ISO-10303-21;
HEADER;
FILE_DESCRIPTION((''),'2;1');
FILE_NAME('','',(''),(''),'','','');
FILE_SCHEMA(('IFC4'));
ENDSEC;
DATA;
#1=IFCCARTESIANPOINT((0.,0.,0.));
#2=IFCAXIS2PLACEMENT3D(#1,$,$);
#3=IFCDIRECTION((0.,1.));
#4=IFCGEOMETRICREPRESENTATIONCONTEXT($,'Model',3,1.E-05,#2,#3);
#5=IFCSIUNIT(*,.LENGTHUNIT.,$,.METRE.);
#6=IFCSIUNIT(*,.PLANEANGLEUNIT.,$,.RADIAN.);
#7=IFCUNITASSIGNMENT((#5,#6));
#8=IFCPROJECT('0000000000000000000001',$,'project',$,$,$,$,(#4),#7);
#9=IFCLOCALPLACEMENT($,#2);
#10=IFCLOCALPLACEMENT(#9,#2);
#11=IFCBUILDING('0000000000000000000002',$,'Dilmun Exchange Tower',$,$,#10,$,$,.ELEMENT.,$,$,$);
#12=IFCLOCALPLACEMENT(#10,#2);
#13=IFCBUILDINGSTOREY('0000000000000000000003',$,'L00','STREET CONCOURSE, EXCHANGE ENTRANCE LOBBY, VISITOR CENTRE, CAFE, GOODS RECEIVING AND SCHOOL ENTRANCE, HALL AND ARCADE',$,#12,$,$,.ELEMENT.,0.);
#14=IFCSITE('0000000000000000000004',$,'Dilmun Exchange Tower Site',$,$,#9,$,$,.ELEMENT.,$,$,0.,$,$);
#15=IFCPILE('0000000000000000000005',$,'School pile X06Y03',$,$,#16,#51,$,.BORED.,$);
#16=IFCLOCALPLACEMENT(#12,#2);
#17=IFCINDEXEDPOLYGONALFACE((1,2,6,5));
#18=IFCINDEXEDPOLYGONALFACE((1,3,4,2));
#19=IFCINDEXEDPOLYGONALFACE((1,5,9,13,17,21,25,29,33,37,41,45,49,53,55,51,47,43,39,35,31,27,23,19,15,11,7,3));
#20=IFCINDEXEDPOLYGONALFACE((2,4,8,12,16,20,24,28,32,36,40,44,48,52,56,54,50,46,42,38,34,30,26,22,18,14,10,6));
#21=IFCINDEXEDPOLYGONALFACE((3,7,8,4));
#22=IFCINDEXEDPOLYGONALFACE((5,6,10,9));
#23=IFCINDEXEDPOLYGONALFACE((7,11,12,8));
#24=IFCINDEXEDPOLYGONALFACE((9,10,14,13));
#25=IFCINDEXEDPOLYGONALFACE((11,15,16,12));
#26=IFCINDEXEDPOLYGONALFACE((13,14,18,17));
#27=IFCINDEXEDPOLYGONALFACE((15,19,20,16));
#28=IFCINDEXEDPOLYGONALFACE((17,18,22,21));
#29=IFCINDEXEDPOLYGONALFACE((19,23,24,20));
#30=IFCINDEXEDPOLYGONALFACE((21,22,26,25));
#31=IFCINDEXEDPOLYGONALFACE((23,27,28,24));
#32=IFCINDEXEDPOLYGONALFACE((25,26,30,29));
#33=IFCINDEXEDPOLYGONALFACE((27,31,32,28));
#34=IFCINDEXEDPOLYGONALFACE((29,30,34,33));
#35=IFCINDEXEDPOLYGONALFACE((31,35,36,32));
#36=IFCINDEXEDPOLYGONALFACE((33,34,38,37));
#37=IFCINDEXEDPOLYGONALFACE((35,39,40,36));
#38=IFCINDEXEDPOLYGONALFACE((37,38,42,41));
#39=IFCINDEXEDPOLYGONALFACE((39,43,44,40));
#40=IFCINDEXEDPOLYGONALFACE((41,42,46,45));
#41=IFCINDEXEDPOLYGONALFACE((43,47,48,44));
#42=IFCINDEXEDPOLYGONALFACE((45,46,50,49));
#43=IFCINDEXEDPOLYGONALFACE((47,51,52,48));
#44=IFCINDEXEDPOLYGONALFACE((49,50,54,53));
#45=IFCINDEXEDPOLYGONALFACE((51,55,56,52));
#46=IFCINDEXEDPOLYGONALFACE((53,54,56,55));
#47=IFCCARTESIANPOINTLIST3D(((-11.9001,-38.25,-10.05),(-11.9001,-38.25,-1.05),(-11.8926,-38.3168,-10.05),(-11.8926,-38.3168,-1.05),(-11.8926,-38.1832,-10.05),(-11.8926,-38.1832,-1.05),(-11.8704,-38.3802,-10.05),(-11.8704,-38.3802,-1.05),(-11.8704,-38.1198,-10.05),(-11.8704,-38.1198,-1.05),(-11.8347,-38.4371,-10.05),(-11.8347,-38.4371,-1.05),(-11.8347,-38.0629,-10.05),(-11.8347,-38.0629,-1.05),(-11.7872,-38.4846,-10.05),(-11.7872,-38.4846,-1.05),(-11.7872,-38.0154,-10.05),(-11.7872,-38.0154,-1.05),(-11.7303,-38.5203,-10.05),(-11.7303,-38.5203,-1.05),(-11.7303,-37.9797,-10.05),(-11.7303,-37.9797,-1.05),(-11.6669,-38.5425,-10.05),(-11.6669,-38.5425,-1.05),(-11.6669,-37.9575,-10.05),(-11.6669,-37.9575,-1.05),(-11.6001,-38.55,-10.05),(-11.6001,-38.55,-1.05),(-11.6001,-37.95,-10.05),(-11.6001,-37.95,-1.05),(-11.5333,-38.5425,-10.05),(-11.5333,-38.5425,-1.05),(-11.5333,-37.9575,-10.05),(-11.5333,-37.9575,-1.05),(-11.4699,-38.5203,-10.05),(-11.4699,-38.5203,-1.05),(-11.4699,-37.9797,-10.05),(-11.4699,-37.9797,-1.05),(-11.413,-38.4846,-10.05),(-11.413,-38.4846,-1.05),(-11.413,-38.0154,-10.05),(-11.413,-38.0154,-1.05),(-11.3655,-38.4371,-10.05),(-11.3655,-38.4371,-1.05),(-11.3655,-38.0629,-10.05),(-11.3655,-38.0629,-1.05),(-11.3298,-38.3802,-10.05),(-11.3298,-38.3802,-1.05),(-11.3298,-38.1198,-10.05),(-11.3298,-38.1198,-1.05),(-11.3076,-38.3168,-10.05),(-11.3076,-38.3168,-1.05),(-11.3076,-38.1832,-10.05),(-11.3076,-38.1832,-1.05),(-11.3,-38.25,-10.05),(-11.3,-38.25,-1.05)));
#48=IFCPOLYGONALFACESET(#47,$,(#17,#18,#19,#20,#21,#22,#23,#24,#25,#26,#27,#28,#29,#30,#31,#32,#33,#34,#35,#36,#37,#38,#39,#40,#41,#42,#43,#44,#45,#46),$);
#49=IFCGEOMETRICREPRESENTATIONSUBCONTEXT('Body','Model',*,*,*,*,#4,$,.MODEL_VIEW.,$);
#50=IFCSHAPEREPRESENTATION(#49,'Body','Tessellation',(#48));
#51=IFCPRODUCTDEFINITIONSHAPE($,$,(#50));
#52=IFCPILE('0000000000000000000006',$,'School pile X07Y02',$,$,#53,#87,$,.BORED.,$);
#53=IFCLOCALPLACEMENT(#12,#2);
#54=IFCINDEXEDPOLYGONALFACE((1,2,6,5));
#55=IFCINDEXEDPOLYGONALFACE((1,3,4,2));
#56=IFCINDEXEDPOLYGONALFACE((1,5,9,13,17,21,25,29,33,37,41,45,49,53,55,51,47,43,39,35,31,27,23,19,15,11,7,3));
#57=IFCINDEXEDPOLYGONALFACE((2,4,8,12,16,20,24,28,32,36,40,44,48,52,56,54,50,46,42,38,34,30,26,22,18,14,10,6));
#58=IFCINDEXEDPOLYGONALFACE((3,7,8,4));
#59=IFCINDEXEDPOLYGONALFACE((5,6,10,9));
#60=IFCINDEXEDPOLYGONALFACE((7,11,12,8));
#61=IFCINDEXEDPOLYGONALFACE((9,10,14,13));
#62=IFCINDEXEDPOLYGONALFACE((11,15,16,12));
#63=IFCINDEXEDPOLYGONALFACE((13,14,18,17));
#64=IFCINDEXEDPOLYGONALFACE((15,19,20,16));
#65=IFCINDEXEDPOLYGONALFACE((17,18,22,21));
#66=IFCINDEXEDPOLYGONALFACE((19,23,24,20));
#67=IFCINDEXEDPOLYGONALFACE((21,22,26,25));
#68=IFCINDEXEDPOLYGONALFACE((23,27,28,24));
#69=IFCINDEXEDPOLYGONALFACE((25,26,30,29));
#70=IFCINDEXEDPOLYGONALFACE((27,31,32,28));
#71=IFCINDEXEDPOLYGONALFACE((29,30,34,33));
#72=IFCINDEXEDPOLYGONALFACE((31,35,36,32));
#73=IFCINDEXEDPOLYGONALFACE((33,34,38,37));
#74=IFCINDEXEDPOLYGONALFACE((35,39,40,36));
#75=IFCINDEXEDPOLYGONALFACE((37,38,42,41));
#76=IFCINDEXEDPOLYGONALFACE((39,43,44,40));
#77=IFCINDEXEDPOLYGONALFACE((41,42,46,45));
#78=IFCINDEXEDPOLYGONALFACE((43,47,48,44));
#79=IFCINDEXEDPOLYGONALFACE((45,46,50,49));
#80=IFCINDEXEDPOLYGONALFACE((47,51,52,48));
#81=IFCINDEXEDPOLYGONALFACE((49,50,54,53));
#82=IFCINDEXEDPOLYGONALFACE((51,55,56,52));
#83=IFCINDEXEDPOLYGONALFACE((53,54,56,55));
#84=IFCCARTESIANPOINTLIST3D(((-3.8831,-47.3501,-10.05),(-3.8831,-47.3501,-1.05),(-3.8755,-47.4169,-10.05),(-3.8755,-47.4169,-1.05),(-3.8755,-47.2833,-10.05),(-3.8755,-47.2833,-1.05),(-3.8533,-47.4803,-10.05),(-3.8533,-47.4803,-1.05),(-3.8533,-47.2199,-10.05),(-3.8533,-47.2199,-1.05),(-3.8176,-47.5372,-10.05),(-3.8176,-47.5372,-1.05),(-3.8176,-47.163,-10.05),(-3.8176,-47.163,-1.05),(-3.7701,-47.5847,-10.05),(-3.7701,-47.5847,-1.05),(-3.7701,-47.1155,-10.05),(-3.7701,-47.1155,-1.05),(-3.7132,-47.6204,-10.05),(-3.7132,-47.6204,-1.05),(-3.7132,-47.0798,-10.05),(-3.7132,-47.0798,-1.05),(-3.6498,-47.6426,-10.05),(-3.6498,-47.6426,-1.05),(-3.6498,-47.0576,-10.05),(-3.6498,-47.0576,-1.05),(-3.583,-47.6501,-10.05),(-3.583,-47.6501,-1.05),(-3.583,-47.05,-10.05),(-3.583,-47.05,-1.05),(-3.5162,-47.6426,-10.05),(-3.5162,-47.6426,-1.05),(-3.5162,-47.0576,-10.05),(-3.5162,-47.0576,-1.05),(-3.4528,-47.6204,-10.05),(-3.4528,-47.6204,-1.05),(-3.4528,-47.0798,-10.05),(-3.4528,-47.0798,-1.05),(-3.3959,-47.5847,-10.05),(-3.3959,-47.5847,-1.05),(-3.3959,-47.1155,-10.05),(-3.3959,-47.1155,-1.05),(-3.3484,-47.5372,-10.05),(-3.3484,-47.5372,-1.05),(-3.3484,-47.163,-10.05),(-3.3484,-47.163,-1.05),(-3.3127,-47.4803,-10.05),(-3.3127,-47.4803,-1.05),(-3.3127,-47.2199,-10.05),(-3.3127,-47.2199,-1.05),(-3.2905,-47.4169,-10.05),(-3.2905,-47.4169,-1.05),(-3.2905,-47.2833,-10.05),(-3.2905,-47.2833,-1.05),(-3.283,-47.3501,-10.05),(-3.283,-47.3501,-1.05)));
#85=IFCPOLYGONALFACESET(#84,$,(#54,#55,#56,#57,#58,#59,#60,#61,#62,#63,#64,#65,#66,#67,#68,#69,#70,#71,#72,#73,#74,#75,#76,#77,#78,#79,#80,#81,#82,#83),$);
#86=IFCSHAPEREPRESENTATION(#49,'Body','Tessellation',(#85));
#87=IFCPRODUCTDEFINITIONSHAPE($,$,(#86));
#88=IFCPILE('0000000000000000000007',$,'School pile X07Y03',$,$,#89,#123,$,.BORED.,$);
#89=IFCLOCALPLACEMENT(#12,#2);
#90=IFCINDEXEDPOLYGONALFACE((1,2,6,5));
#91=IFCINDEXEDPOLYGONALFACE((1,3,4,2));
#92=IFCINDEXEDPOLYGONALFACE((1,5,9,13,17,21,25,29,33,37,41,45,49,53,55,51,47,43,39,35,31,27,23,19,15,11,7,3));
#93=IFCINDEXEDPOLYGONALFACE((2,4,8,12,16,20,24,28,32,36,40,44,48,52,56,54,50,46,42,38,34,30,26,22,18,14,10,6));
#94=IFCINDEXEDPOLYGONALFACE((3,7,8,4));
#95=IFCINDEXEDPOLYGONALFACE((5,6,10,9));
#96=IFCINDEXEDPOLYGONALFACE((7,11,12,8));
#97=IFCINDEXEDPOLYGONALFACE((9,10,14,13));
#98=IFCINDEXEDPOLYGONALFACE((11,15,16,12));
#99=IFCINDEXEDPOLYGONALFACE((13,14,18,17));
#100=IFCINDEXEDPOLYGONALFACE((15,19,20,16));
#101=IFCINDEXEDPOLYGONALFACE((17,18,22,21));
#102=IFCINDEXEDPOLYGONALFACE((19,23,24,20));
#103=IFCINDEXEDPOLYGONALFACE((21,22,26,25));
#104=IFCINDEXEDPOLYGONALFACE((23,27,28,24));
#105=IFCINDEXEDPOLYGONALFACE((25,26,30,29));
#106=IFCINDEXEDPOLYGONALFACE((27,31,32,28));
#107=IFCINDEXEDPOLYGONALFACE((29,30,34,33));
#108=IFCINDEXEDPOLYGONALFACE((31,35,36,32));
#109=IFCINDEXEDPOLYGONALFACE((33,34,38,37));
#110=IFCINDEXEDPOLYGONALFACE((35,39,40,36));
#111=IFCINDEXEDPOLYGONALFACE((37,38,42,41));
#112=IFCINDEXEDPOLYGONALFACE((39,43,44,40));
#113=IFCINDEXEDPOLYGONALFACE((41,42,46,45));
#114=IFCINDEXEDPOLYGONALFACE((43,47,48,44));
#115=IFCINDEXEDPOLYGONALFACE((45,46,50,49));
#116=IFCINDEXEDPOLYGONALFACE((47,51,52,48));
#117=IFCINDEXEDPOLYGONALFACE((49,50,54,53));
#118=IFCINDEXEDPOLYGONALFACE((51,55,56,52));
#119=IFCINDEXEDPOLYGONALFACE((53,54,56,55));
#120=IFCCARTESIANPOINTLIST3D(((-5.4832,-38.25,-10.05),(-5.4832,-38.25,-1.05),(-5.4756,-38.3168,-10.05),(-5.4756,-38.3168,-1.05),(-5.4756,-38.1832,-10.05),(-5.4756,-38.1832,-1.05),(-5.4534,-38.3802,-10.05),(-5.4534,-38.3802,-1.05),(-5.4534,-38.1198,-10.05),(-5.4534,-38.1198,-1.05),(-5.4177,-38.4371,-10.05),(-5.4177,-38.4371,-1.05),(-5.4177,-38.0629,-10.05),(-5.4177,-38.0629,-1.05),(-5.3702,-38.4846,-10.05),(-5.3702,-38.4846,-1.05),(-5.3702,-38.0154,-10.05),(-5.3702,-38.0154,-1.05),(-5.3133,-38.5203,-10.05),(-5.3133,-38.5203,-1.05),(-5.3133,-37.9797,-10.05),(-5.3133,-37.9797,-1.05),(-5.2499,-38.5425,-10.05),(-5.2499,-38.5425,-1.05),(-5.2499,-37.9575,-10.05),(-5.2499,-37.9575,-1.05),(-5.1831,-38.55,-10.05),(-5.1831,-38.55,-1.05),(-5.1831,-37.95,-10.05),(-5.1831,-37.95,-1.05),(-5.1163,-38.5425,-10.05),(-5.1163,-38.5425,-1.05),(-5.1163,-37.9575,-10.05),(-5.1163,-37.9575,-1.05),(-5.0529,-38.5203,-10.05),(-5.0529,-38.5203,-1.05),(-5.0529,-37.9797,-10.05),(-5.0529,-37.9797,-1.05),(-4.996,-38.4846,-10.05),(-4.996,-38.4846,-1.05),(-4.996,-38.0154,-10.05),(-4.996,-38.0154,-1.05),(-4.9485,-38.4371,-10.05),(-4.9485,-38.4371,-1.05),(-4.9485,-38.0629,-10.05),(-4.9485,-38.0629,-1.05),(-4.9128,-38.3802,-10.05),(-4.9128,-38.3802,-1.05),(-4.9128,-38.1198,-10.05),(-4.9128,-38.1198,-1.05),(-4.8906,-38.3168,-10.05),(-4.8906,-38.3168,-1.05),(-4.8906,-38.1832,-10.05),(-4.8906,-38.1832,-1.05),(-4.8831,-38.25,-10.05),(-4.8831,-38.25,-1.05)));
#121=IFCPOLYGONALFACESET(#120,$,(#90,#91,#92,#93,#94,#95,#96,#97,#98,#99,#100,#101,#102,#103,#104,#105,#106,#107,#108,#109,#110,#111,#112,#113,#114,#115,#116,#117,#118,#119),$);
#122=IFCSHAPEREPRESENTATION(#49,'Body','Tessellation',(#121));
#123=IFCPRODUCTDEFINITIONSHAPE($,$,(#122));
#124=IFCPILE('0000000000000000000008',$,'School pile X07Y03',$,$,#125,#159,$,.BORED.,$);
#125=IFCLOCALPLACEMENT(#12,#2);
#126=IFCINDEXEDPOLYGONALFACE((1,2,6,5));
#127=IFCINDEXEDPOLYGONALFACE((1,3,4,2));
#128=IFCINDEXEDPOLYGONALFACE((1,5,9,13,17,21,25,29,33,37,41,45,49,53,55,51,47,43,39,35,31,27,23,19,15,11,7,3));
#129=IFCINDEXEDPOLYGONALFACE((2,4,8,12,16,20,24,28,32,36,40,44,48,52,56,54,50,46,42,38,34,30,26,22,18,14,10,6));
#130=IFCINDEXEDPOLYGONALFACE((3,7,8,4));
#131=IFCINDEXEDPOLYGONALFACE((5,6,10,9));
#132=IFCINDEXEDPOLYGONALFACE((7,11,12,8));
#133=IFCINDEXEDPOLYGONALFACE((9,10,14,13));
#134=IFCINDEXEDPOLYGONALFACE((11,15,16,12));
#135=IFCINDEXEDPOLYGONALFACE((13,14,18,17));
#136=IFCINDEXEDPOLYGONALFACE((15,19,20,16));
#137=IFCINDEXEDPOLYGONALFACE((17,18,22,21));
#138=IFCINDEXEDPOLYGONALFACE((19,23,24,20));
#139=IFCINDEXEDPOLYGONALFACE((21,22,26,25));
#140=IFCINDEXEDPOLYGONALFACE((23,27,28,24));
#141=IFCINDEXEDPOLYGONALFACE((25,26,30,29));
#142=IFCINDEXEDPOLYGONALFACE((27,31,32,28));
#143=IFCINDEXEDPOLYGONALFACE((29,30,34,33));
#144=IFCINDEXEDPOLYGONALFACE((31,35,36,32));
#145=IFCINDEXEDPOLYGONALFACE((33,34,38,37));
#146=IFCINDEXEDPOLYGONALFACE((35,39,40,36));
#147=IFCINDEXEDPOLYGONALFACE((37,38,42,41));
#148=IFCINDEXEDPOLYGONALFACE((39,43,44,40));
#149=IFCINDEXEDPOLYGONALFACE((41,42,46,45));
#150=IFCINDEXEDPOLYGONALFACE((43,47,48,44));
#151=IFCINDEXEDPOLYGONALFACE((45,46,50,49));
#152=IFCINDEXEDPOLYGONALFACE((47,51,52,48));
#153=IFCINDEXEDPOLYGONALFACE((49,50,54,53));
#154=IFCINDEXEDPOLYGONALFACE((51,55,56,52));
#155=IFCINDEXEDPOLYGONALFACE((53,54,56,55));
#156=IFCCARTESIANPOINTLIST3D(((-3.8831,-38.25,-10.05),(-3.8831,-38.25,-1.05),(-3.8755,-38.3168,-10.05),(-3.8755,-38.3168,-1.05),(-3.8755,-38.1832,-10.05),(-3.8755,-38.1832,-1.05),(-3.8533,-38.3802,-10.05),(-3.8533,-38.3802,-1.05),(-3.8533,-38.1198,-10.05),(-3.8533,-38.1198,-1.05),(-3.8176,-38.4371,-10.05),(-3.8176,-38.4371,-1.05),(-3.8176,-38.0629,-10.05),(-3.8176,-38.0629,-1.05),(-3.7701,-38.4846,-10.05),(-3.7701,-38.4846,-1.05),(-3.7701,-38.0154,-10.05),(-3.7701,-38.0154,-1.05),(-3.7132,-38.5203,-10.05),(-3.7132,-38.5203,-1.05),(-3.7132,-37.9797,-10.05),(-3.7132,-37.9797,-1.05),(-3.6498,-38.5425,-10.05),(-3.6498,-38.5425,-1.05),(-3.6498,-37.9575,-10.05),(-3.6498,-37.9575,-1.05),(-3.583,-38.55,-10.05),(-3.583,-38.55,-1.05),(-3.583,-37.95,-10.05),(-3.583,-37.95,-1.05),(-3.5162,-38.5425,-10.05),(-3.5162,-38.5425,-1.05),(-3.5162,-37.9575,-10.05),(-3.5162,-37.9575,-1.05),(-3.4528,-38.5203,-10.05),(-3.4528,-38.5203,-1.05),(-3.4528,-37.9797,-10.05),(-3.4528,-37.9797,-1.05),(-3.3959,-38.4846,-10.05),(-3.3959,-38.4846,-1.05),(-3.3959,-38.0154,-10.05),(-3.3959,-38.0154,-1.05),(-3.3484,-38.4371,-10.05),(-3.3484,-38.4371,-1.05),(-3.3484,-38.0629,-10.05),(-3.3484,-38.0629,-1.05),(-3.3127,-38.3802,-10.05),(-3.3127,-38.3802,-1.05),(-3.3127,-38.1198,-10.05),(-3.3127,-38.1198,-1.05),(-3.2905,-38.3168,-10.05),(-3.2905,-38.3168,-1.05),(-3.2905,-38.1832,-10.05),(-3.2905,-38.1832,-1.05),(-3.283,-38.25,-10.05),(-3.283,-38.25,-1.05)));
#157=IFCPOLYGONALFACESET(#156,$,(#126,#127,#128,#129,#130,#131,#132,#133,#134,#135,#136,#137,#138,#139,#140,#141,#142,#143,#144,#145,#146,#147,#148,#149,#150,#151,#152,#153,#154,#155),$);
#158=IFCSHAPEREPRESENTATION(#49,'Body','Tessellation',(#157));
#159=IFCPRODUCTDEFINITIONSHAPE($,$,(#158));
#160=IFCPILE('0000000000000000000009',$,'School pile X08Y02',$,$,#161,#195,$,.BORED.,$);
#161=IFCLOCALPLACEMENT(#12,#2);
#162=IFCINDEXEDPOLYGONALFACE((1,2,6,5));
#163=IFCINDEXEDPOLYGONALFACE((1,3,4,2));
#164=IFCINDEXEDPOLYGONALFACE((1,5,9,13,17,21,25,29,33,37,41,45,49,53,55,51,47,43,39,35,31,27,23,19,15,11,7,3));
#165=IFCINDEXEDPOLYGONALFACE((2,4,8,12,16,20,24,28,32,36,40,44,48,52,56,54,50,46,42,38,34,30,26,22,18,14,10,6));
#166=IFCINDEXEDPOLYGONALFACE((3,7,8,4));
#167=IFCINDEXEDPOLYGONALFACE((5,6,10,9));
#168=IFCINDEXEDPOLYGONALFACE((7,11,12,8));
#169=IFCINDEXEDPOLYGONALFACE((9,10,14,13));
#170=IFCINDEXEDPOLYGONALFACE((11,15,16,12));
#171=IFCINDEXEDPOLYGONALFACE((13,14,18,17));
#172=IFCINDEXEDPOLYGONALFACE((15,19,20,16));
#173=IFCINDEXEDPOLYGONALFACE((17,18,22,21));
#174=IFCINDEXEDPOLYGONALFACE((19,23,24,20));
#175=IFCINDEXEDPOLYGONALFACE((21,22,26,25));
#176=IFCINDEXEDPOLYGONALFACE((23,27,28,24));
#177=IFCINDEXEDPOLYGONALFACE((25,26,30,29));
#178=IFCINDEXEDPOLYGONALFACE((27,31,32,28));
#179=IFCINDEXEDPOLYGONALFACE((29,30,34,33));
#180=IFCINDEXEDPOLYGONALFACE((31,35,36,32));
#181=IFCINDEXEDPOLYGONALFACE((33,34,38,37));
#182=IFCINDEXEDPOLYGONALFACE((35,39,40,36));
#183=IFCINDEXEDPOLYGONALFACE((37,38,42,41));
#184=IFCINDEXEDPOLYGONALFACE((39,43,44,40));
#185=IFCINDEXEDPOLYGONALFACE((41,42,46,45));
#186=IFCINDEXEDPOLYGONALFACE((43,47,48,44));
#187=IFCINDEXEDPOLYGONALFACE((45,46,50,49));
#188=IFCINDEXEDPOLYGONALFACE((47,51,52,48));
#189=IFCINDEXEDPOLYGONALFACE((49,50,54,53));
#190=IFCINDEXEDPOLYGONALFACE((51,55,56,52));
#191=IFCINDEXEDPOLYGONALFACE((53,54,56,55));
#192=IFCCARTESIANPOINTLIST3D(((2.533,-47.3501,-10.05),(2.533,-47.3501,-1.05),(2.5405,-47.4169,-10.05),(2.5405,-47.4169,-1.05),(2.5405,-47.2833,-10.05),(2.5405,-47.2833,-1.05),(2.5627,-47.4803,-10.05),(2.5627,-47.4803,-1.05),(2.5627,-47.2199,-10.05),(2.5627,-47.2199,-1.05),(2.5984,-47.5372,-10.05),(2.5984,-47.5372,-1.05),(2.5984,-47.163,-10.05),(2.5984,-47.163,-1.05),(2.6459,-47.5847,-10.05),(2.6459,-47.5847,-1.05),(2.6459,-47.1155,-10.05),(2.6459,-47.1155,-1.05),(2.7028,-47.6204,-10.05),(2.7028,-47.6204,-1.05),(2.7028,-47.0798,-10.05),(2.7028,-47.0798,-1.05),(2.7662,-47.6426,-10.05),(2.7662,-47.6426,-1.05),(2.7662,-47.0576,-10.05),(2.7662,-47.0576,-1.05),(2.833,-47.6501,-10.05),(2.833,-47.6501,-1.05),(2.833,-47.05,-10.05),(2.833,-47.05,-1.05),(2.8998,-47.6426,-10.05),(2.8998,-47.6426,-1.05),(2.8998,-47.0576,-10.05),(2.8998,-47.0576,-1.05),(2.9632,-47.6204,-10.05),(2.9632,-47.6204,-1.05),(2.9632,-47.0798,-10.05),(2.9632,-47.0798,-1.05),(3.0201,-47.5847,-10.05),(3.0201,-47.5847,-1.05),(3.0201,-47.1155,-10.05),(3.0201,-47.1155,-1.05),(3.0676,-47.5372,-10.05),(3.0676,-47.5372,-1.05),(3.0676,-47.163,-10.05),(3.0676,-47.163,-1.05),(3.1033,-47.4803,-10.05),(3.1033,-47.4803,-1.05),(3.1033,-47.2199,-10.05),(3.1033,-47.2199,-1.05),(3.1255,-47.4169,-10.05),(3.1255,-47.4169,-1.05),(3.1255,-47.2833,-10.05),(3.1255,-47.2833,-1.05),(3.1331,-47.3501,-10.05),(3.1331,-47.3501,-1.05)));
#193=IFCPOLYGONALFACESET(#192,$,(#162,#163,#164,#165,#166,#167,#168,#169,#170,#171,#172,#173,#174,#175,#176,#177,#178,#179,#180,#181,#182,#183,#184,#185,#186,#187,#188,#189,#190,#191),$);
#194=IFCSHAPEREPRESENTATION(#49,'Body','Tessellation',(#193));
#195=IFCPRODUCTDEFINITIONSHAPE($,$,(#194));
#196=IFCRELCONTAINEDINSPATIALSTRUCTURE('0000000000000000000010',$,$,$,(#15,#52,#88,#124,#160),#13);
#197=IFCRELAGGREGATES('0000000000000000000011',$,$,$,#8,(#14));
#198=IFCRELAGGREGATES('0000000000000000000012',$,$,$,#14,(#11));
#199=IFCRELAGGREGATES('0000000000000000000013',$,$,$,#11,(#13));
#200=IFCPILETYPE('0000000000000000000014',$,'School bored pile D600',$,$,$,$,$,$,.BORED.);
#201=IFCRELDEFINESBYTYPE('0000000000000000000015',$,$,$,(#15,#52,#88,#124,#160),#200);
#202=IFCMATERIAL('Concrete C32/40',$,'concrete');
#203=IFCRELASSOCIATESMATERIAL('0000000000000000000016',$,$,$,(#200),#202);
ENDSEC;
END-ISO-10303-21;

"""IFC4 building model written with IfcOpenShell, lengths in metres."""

from ifc_helpers import new_model, si_unit, direction, frame, origin, origin_2d, place, context, subcontext, project, spatial, circle, extrude, material, material_profile, profile_set, type_object, element, save


model = new_model("IFC4")

# Units and contexts
model_context = context("Model", 3, precision=1e-05, world=origin(), true_north=direction((0.0, 1.0)))
body_context = subcontext(model_context, "Body", "Model", "MODEL_VIEW")
ifc_project = project(units=[si_unit("LENGTHUNIT", "METRE"), si_unit("PLANEANGLEUNIT", "RADIAN")], contexts=[model_context])

# Site, building, storey
site_placement = place(None, origin())
site = spatial("IfcSite", under=ifc_project, at=site_placement, Name="Dilmun Exchange Tower Site", CompositionType="ELEMENT", RefElevation=0.0)
building_placement = place(site_placement, origin())
building = spatial("IfcBuilding", under=site, at=building_placement, Name="Dilmun Exchange Tower", CompositionType="ELEMENT")
storey_placement = place(building_placement, origin())
storey = spatial("IfcBuildingStorey", under=building, at=storey_placement, Name="L00", Description="STREET CONCOURSE, EXCHANGE ENTRANCE LOBBY, VISITOR CENTRE, CAFE, GOODS RECEIVING AND SCHOOL ENTRANCE, HALL AND ARCADE", CompositionType="ELEMENT", Elevation=0.0)

# Piles
ifc_material_1 = material(Name="Concrete C32/40", Category="concrete")
ifc_material_profile_1 = material_profile(ifc_material_1, circle(Radius=0.3, at=origin_2d()), Name="D600")
ifc_profile_set_1 = profile_set([ifc_material_profile_1], Name="Concrete C32/40")
pile_type = type_object("IfcPileType", Name="School bored pile D600", PredefinedType="BORED", material=ifc_profile_set_1)
for number, where, z_axis, x_axis, name in (
    (1, (-11.6001, -38.25, -1.05), (0.0, 0.0, -1.0), (1.0, 0.0, 0.0), "School pile X06Y03"),
    (2, (-3.583, -47.3501, -1.05), (0.0, 0.0, -1.0), (1.0, 0.0, 0.0), "School pile X07Y02"),
    (3, (-5.1831, -38.25, -1.05), (0.0, 0.0, -1.0), (1.0, 0.0, 0.0), "School pile X07Y03"),
    (4, (-3.583, -38.25, -1.05), (0.0, 0.0, -1.0), (1.0, 0.0, 0.0), "School pile X07Y03"),
    (5, (2.833, -47.3501, -1.05), (0.0, 0.0, -1.0), (1.0, 0.0, 0.0), "School pile X08Y02"),
):
    element("IfcPile", number, at=place(storey_placement, frame(where, z_axis=z_axis, x_axis=x_axis)), inside=storey, type_object=pile_type, Name=name, PredefinedType="BORED", context=body_context, shape_type="SweptSolid", body=[
        extrude(circle(Radius=0.3, at=origin_2d()), origin(), (0.0, 0.0, 1.0), 9.0),
    ])

save(model, "model.ifc")
